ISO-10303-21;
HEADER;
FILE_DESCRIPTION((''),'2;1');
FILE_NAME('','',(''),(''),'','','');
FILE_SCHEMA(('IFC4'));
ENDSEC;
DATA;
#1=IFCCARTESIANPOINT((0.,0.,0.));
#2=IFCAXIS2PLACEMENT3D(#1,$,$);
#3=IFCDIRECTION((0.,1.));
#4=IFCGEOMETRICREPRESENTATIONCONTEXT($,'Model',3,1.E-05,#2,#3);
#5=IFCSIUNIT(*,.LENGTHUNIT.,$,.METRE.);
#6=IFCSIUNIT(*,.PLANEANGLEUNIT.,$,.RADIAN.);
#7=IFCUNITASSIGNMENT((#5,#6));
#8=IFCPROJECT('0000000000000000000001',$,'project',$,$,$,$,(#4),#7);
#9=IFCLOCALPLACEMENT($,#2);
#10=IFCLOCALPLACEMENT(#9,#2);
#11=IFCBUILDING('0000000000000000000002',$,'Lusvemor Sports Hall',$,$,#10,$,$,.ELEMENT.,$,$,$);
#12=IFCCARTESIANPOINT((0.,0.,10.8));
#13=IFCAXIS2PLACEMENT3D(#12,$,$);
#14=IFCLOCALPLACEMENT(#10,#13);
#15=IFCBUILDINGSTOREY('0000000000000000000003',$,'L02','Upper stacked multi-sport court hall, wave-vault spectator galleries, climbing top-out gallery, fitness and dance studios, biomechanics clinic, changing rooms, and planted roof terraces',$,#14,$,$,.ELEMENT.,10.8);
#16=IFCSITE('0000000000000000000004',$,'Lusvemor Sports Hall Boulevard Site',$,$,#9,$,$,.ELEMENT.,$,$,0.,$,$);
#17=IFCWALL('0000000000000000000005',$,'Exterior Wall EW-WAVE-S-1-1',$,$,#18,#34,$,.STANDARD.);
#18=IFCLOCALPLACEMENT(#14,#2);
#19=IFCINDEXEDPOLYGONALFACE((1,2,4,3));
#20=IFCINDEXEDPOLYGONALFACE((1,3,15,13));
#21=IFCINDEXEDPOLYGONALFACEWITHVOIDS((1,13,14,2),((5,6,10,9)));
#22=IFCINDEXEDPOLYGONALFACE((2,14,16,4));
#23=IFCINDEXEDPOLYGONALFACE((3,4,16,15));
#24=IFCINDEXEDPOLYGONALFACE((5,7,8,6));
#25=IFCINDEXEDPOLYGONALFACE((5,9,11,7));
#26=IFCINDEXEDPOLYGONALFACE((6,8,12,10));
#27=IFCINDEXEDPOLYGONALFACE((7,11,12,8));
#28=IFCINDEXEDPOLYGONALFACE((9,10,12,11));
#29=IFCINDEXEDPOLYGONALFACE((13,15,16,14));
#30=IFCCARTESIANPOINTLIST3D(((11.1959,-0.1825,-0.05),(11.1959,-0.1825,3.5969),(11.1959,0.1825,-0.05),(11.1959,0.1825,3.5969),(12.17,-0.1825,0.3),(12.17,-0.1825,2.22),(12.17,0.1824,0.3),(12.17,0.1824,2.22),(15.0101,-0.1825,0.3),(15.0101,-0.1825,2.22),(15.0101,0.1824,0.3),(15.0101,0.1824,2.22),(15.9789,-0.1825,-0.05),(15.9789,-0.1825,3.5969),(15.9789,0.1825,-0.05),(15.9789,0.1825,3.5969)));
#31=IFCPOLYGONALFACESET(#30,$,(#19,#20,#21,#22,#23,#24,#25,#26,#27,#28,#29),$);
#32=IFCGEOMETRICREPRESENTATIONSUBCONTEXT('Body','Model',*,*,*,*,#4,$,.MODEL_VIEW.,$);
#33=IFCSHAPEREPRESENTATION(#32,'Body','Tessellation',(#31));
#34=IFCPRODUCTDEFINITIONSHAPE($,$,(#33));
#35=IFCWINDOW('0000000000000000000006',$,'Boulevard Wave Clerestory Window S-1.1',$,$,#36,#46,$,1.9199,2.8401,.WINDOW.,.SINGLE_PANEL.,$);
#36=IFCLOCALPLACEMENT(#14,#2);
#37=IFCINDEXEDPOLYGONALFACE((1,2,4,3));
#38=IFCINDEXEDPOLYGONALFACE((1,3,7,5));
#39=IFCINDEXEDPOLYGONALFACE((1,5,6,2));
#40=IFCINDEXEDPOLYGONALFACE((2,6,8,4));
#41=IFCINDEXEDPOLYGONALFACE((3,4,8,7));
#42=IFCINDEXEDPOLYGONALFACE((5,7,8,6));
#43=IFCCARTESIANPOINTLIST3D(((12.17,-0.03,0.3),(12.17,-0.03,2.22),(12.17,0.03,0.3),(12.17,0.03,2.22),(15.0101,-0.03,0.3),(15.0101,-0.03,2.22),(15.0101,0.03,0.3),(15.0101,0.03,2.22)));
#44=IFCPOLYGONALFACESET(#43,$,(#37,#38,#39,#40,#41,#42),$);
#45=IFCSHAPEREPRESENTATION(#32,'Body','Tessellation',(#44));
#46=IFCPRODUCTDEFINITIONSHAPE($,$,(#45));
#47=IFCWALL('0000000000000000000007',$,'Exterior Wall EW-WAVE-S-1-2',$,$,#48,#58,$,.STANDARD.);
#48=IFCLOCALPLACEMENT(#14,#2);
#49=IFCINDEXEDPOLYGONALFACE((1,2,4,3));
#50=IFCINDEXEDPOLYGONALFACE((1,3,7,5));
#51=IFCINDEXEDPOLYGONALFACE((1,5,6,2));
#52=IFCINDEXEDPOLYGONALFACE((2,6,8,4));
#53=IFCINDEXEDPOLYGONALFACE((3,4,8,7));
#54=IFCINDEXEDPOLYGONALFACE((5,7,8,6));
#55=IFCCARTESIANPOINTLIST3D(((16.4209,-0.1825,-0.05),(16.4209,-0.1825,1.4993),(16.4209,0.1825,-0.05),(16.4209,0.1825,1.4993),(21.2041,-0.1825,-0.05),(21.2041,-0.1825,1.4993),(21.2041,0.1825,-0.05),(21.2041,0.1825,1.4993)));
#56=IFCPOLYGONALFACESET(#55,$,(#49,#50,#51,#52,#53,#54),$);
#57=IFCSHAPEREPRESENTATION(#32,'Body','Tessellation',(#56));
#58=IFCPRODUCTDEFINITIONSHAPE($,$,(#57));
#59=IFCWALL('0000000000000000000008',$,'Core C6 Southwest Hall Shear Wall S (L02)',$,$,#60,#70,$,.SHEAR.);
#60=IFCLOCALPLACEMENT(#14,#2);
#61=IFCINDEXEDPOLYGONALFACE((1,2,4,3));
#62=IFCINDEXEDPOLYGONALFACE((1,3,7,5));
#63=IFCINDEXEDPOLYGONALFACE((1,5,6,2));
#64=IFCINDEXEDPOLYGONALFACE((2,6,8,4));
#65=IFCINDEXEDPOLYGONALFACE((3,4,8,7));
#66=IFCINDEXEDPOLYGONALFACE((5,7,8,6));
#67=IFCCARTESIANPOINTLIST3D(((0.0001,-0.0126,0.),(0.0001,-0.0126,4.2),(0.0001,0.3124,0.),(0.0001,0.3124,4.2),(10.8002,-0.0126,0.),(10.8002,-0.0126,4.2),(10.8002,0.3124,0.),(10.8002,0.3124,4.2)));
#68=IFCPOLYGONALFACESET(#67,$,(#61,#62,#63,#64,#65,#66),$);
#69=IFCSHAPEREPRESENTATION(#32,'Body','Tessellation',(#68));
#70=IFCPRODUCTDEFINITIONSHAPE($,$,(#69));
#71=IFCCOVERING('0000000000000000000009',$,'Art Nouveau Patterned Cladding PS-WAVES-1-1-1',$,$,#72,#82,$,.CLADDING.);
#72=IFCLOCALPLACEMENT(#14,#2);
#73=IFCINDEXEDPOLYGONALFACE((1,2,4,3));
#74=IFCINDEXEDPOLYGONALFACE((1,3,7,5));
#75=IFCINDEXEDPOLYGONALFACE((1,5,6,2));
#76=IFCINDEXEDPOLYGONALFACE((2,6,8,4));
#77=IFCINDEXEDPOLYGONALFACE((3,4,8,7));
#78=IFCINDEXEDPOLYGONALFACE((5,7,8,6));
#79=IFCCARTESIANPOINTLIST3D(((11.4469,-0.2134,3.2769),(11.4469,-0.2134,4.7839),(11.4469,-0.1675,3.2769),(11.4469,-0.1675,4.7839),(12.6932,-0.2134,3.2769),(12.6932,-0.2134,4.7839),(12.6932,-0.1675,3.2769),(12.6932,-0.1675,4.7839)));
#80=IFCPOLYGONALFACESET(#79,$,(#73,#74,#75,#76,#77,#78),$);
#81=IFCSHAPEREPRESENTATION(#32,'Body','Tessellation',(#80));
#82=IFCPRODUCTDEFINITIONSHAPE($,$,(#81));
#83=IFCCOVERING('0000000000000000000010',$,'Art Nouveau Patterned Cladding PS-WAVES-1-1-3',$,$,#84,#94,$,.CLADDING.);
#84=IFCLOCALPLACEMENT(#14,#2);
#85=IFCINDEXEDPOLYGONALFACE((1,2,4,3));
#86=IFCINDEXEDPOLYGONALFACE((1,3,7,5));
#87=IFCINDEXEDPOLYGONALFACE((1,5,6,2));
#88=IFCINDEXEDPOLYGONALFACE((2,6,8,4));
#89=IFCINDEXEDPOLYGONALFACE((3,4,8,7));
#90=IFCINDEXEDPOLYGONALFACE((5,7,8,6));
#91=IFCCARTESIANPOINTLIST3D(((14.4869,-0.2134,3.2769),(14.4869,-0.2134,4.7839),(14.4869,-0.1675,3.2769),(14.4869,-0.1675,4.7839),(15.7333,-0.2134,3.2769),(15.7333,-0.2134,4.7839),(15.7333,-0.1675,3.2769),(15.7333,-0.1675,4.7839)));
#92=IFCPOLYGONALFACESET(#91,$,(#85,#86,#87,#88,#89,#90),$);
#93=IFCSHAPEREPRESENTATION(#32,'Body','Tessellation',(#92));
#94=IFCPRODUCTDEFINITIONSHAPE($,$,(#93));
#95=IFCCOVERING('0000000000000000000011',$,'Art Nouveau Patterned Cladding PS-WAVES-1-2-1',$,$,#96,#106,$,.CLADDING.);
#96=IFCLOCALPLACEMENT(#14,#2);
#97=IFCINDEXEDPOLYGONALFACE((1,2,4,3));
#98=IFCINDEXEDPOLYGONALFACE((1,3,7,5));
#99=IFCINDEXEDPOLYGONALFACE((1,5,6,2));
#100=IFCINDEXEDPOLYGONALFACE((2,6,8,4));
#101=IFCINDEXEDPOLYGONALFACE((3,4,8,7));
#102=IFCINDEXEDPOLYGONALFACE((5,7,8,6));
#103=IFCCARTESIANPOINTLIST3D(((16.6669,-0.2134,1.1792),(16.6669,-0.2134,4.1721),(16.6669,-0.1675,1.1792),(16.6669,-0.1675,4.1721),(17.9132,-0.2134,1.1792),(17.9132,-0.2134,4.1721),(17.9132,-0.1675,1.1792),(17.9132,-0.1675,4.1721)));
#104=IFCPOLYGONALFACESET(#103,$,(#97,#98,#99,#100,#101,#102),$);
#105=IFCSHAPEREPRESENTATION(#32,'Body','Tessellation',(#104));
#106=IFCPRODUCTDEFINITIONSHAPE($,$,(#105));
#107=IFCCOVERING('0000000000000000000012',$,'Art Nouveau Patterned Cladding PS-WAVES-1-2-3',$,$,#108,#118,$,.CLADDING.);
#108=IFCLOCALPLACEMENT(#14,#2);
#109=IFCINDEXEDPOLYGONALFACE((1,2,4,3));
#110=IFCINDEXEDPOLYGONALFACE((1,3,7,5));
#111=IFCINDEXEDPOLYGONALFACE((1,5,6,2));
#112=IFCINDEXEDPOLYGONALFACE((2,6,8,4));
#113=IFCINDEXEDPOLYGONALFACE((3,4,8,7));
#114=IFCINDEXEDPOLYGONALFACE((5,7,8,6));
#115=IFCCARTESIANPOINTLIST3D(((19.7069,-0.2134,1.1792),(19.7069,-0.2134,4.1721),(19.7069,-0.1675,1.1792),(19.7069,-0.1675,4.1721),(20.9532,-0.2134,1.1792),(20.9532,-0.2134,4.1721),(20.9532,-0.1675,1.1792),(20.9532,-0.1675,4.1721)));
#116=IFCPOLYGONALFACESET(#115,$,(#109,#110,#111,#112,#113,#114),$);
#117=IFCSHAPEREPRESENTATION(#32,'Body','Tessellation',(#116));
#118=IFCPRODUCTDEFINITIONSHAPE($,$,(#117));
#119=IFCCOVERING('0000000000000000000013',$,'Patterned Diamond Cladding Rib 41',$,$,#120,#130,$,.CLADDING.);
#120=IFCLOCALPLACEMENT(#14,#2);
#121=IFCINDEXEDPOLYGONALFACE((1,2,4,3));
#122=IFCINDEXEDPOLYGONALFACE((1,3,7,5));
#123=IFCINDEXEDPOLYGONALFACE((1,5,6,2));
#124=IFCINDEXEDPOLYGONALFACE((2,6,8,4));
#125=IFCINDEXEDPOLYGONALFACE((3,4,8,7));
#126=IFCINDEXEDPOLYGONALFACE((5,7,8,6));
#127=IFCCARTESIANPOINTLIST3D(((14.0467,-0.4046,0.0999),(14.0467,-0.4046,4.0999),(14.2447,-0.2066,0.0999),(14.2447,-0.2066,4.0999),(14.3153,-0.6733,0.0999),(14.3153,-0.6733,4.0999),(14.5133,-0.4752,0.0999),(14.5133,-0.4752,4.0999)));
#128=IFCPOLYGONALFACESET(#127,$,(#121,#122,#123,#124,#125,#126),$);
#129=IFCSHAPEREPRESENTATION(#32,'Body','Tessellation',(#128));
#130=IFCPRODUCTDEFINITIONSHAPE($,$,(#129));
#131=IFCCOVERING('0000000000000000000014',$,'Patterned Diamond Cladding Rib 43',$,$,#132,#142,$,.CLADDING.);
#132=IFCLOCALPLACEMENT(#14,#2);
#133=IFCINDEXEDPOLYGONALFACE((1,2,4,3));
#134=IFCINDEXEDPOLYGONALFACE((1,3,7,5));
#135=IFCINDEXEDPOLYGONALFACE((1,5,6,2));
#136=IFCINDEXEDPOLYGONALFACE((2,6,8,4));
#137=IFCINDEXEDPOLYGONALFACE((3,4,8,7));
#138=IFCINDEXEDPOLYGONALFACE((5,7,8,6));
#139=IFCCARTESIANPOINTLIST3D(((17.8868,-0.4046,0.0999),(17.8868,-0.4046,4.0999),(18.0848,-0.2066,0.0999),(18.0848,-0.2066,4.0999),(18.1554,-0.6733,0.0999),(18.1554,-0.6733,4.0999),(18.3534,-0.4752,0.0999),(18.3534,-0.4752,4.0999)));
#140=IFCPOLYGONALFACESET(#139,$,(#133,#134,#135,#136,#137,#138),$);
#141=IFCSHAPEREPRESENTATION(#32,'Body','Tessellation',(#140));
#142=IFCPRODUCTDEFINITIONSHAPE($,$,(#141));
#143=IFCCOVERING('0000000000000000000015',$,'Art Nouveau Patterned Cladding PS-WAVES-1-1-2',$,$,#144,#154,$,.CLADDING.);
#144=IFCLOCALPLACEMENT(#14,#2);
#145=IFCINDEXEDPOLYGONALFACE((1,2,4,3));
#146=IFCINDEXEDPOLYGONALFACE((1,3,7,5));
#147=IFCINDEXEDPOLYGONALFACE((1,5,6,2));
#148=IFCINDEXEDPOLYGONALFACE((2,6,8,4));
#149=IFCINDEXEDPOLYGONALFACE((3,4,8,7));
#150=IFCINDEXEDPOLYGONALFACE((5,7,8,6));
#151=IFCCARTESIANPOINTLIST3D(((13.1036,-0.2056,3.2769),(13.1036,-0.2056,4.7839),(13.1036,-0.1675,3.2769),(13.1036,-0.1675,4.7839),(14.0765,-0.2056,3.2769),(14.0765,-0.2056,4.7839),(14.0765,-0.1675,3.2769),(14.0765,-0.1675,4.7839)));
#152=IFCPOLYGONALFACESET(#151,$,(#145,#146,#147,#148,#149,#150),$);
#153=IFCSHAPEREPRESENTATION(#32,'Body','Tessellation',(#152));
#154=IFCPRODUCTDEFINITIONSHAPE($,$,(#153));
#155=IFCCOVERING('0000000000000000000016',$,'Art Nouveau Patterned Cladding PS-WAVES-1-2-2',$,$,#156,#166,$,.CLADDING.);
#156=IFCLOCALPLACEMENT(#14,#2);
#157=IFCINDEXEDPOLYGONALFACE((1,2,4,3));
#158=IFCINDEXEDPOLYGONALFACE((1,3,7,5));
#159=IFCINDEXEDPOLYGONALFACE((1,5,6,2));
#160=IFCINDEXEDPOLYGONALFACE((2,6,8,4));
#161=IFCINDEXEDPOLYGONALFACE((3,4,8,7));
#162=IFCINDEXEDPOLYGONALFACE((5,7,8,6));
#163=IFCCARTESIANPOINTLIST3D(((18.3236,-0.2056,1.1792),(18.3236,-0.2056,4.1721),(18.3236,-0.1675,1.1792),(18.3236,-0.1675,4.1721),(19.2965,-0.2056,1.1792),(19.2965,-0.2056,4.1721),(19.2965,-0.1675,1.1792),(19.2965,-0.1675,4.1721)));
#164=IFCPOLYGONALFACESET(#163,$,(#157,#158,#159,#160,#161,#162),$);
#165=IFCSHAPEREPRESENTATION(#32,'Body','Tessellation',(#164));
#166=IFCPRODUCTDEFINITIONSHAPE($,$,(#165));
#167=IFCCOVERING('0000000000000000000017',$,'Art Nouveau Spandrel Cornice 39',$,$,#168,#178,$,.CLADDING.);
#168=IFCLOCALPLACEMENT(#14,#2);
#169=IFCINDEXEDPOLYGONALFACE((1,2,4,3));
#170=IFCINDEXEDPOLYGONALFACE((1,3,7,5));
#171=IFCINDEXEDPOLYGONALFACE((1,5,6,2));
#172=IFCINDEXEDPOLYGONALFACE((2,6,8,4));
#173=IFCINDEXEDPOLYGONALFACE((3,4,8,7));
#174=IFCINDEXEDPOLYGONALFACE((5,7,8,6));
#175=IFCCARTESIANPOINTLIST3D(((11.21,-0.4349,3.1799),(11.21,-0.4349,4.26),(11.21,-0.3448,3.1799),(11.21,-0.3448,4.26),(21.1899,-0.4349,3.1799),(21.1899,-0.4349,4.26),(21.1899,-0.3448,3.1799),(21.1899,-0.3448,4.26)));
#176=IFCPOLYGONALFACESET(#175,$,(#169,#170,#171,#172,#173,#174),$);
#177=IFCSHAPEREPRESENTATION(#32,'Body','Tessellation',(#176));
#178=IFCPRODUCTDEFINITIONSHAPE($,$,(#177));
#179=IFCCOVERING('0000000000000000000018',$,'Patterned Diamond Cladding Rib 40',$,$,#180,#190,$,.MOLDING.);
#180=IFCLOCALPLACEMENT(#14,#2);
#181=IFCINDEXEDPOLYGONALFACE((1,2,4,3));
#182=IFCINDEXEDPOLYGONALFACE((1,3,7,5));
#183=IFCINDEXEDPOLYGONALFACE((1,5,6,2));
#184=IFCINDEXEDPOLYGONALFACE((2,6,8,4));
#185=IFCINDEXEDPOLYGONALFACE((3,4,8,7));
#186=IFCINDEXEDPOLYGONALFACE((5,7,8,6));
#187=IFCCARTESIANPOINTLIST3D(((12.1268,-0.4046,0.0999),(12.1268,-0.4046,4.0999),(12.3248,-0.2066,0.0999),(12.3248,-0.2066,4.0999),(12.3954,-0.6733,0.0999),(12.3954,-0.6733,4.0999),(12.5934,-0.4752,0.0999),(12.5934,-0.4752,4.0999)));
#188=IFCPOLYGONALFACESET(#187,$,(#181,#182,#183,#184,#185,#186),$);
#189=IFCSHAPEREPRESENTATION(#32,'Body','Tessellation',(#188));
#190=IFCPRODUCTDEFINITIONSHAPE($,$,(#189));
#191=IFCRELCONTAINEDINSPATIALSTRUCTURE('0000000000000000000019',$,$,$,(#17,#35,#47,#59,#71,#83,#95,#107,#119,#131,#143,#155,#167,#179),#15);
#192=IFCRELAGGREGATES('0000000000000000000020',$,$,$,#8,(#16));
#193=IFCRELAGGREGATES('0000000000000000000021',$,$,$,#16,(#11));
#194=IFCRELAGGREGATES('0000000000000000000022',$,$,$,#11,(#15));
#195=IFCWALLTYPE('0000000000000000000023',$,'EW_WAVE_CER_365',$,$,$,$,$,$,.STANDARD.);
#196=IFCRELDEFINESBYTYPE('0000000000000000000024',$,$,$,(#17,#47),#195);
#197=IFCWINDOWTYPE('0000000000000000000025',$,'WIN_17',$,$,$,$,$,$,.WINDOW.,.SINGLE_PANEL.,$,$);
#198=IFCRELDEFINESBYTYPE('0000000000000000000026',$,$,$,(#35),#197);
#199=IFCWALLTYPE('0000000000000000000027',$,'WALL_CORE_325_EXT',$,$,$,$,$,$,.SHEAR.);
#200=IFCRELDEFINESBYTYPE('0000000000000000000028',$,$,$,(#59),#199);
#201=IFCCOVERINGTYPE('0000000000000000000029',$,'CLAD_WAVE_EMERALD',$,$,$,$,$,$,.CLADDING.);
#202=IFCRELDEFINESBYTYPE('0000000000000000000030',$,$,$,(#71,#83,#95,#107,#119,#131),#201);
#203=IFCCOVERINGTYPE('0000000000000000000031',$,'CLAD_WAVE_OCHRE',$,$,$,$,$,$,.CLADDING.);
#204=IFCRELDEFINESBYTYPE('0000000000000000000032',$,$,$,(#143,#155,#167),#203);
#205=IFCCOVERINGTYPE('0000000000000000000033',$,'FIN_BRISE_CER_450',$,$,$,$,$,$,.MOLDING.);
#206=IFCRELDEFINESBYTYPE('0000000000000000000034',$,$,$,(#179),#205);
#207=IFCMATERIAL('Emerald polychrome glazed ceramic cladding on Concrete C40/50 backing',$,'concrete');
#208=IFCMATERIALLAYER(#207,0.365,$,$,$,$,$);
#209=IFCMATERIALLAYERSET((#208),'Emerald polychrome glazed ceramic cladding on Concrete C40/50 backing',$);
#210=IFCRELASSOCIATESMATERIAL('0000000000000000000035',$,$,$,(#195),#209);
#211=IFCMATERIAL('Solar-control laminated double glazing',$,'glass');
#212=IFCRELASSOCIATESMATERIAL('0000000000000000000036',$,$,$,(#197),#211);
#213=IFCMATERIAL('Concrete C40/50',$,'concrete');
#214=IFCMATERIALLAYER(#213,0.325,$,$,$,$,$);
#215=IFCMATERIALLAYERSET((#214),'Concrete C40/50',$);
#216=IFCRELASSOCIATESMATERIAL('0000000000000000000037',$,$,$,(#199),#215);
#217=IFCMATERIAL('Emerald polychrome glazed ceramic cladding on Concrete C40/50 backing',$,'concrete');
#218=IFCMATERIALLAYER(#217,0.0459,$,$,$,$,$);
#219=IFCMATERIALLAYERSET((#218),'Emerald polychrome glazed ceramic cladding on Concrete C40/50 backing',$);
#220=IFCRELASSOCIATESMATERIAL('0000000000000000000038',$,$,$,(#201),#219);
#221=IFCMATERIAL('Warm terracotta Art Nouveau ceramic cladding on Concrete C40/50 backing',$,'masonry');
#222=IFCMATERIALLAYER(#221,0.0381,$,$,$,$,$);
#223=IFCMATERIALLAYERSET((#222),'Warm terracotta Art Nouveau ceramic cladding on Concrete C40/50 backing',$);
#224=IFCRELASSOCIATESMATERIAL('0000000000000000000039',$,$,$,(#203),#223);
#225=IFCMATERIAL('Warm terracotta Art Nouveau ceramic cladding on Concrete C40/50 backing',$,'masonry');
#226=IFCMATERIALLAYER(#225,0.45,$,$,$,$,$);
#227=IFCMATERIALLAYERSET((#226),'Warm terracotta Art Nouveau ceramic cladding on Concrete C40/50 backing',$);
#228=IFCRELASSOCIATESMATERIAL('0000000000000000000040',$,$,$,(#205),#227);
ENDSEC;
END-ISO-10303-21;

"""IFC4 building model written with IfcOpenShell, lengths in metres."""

from ifc_helpers import new_model, si_unit, direction, frame, frame_2d, origin, origin_2d, place, context, subcontext, project, spatial, rectangle, extrude, material, layer, layer_set, type_object, element, fill, save


model = new_model("IFC4")

# Units and contexts
model_context = context("Model", 3, precision=1e-05, world=origin(), true_north=direction((0.0, 1.0)))
body_context = subcontext(model_context, "Body", "Model", "MODEL_VIEW")
ifc_project = project(units=[si_unit("LENGTHUNIT", "METRE"), si_unit("PLANEANGLEUNIT", "RADIAN")], contexts=[model_context])

# Site, building, storey
site_placement = place(None, origin())
site = spatial("IfcSite", under=ifc_project, at=site_placement, Name="Lusvemor Sports Hall Boulevard Site", CompositionType="ELEMENT", RefElevation=0.0)
building_placement = place(site_placement, origin())
building = spatial("IfcBuilding", under=site, at=building_placement, Name="Lusvemor Sports Hall", CompositionType="ELEMENT")
storey_placement = place(building_placement, frame((0.0, 0.0, 10.8)))
storey = spatial("IfcBuildingStorey", under=building, at=storey_placement, Name="L02", Description="Upper stacked multi-sport court hall, wave-vault spectator galleries, climbing top-out gallery, fitness and dance studios, biomechanics clinic, changing rooms, and planted roof terraces", CompositionType="ELEMENT", Elevation=10.8)

# Wall, opening, window
ifc_material_1 = material(Name="Emerald polychrome glazed ceramic cladding on Concrete C40/50 backing", Category="concrete")
ifc_layer_1 = layer(ifc_material_1, 0.365)
ifc_layer_set_1 = layer_set([ifc_layer_1], Name="Emerald polychrome glazed ceramic cladding on Concrete C40/50 backing")
wall_type_1 = type_object("IfcWallType", Name="EW_WAVE_CER_365", PredefinedType="STANDARD", material=ifc_layer_set_1)
wall_1_placement = place(storey_placement, frame((15.979, 0.0, -0.05), z_axis=(0.0, 0.0, 1.0), x_axis=(-1.0, 0.0, 0.0)))
wall_1 = element("IfcWall", 1, at=wall_1_placement, inside=storey, type_object=wall_type_1, Name="Exterior Wall EW-WAVE-S-1-1", PredefinedType="STANDARD", context=body_context, shape_type="SweptSolid", body=[
    extrude(rectangle(XDim=4.783, YDim=0.365, at=frame_2d((2.3916, 0.0))), origin(), (0.0, 0.0, 1.0), 3.647),
])
opening_placement = place(wall_1_placement, frame((0.969, 0.0, 0.3501)))
opening = element("IfcOpeningElement", 2, at=opening_placement, cuts=wall_1, PredefinedType="OPENING", context=body_context, shape_type="SweptSolid", body=[
    extrude(rectangle(XDim=2.8401, YDim=1.9199, at=frame_2d((1.4199, 0.96))), frame((0.0, 0.1826, 0.0), z_axis=(0.0, -1.0, 0.0), x_axis=(1.0, 0.0, 0.0)), (0.0, 0.0, 1.0), 0.365),
])
ifc_material_2 = material(Name="Solar-control laminated double glazing", Category="glass")
window_type = type_object("IfcWindowType", Name="WIN_17", PartitioningType="SINGLE_PANEL", PredefinedType="WINDOW", material=ifc_material_2)
window_placement = place(opening_placement, origin())
window = element("IfcWindow", 3, at=window_placement, inside=storey, type_object=window_type, Name="Boulevard Wave Clerestory Window S-1.1", OverallHeight=1.9199, OverallWidth=2.8401, PartitioningType="SINGLE_PANEL", PredefinedType="WINDOW", context=body_context, shape_type="SweptSolid", body=[
    extrude(rectangle(XDim=2.8401, YDim=1.9199, at=frame_2d((1.4199, 0.96))), frame((0.0, 0.03, 0.0), z_axis=(0.0, -1.0, 0.0), x_axis=(1.0, 0.0, 0.0)), (0.0, 0.0, 1.0), 0.0601),
])
fill(opening, window)

# Walls
wall_2_placement = place(storey_placement, frame((21.2041, 0.0, -0.05), z_axis=(0.0, 0.0, 1.0), x_axis=(-1.0, 0.0, 0.0)))
element("IfcWall", 4, at=wall_2_placement, inside=storey, type_object=wall_type_1, Name="Exterior Wall EW-WAVE-S-1-2", PredefinedType="STANDARD", context=body_context, shape_type="SweptSolid", body=[
    extrude(rectangle(XDim=4.7832, YDim=0.365, at=frame_2d((2.3916, 0.0))), origin(), (0.0, 0.0, 1.0), 1.5493),
])
ifc_material_3 = material(Name="Concrete C40/50", Category="concrete")
ifc_layer_2 = layer(ifc_material_3, 0.325)
ifc_layer_set_2 = layer_set([ifc_layer_2], Name="Concrete C40/50")
wall_type_2 = type_object("IfcWallType", Name="WALL_CORE_325_EXT", PredefinedType="SHEAR", material=ifc_layer_set_2)
wall_3_placement = place(storey_placement, frame((10.8, 0.1499, 0.0), z_axis=(0.0, 0.0, 1.0), x_axis=(-1.0, 0.0, 0.0)))
element("IfcWall", 5, at=wall_3_placement, inside=storey, type_object=wall_type_2, Name="Core C6 Southwest Hall Shear Wall S (L02)", PredefinedType="SHEAR", context=body_context, shape_type="SweptSolid", body=[
    extrude(rectangle(XDim=10.8, YDim=0.325, at=frame_2d((5.3999, 0.0))), origin(), (0.0, 0.0, 1.0), 4.2),
])

# Coverings
ifc_material_4 = material(Name="Emerald polychrome glazed ceramic cladding on Concrete C40/50 backing", Category="concrete")
ifc_layer_3 = layer(ifc_material_4, 0.0459)
ifc_layer_set_3 = layer_set([ifc_layer_3], Name="Emerald polychrome glazed ceramic cladding on Concrete C40/50 backing")
covering_type_1 = type_object("IfcCoveringType", Name="CLAD_WAVE_EMERALD", PredefinedType="CLADDING", material=ifc_layer_set_3)
for number, where, z_axis, x_axis, name in (
    (6, (12.0701, -0.1904, 3.2769), (0.0, 0.0, 1.0), (1.0, 0.0, 0.0), "Art Nouveau Patterned Cladding PS-WAVES-1-1-1"),
    (7, (15.1101, -0.1904, 3.2769), (0.0, 0.0, 1.0), (1.0, 0.0, 0.0), "Art Nouveau Patterned Cladding PS-WAVES-1-1-3"),
):
    element("IfcCovering", number, at=place(storey_placement, frame(where, z_axis=z_axis, x_axis=x_axis)), inside=storey, type_object=covering_type_1, Name=name, PredefinedType="CLADDING", context=body_context, shape_type="SweptSolid", body=[
        extrude(rectangle(XDim=1.2463, YDim=0.0459, at=origin_2d()), origin(), (0.0, 0.0, 1.0), 1.5071),
    ])
for number, where, z_axis, x_axis, name in (
    (8, (17.29, -0.1904, 1.1792), (0.0, 0.0, 1.0), (1.0, 0.0, 0.0), "Art Nouveau Patterned Cladding PS-WAVES-1-2-1"),
    (9, (20.3301, -0.1904, 1.1792), (0.0, 0.0, 1.0), (1.0, 0.0, 0.0), "Art Nouveau Patterned Cladding PS-WAVES-1-2-3"),
):
    element("IfcCovering", number, at=place(storey_placement, frame(where, z_axis=z_axis, x_axis=x_axis)), inside=storey, type_object=covering_type_1, Name=name, PredefinedType="CLADDING", context=body_context, shape_type="SweptSolid", body=[
        extrude(rectangle(XDim=1.2463, YDim=0.0459, at=origin_2d()), origin(), (0.0, 0.0, 1.0), 2.9929),
    ])
for number, where, z_axis, x_axis, name in (
    (10, (14.28, -0.4399, 0.0999), (0.0, 0.0, 1.0), (0.707107, 0.707107, 0.0), "Patterned Diamond Cladding Rib 41"),
    (11, (18.1201, -0.4399, 0.0999), (0.0, 0.0, 1.0), (0.707107, 0.707107, 0.0), "Patterned Diamond Cladding Rib 43"),
):
    element("IfcCovering", number, at=place(storey_placement, frame(where, z_axis=z_axis, x_axis=x_axis)), inside=storey, type_object=covering_type_1, Name=name, PredefinedType="CLADDING", context=body_context, shape_type="SweptSolid", body=[
        extrude(rectangle(XDim=0.28, YDim=0.3799, at=origin_2d()), origin(), (0.0, 0.0, 1.0), 4.0),
    ])
ifc_material_5 = material(Name="Warm terracotta Art Nouveau ceramic cladding on Concrete C40/50 backing", Category="masonry")
ifc_layer_4 = layer(ifc_material_5, 0.0381)
ifc_layer_set_4 = layer_set([ifc_layer_4], Name="Warm terracotta Art Nouveau ceramic cladding on Concrete C40/50 backing")
covering_type_2 = type_object("IfcCoveringType", Name="CLAD_WAVE_OCHRE", PredefinedType="CLADDING", material=ifc_layer_set_4)
covering_1_placement = place(storey_placement, frame((13.5901, -0.1865, 3.2769), z_axis=(0.0, 0.0, 1.0), x_axis=(1.0, 0.0, 0.0)))
element("IfcCovering", 12, at=covering_1_placement, inside=storey, type_object=covering_type_2, Name="Art Nouveau Patterned Cladding PS-WAVES-1-1-2", PredefinedType="CLADDING", context=body_context, shape_type="SweptSolid", body=[
    extrude(rectangle(XDim=0.9729, YDim=0.0381, at=origin_2d()), origin(), (0.0, 0.0, 1.0), 1.5071),
])
covering_2_placement = place(storey_placement, frame((18.8101, -0.1865, 1.1792), z_axis=(0.0, 0.0, 1.0), x_axis=(1.0, 0.0, 0.0)))
element("IfcCovering", 13, at=covering_2_placement, inside=storey, type_object=covering_type_2, Name="Art Nouveau Patterned Cladding PS-WAVES-1-2-2", PredefinedType="CLADDING", context=body_context, shape_type="SweptSolid", body=[
    extrude(rectangle(XDim=0.9729, YDim=0.0381, at=origin_2d()), origin(), (0.0, 0.0, 1.0), 2.9929),
])
covering_3_placement = place(storey_placement, frame((16.2, -0.3899, 3.1799), z_axis=(0.0, 0.0, 1.0), x_axis=(1.0, 0.0, 0.0)))
element("IfcCovering", 14, at=covering_3_placement, inside=storey, type_object=covering_type_2, Name="Art Nouveau Spandrel Cornice 39", PredefinedType="CLADDING", context=body_context, shape_type="SweptSolid", body=[
    extrude(rectangle(XDim=9.98, YDim=0.0901, at=origin_2d()), origin(), (0.0, 0.0, 1.0), 1.0801),
])
ifc_material_6 = material(Name="Warm terracotta Art Nouveau ceramic cladding on Concrete C40/50 backing", Category="masonry")
ifc_layer_5 = layer(ifc_material_6, 0.45)
ifc_layer_set_5 = layer_set([ifc_layer_5], Name="Warm terracotta Art Nouveau ceramic cladding on Concrete C40/50 backing")
covering_type_3 = type_object("IfcCoveringType", Name="FIN_BRISE_CER_450", PredefinedType="MOLDING", material=ifc_layer_set_5)
for number, where, z_axis, x_axis, name in (
    (15, (12.3601, -0.4399, 0.0999), (0.0, 0.0, 1.0), (0.707107, 0.707107, 0.0), "Patterned Diamond Cladding Rib 40"),
):
    element("IfcCovering", number, at=place(storey_placement, frame(where, z_axis=z_axis, x_axis=x_axis)), inside=storey, type_object=covering_type_3, Name=name, PredefinedType="MOLDING", context=body_context, shape_type="SweptSolid", body=[
        extrude(rectangle(XDim=0.28, YDim=0.3799, at=origin_2d()), origin(), (0.0, 0.0, 1.0), 4.0),
    ])

save(model, "model.ifc")
